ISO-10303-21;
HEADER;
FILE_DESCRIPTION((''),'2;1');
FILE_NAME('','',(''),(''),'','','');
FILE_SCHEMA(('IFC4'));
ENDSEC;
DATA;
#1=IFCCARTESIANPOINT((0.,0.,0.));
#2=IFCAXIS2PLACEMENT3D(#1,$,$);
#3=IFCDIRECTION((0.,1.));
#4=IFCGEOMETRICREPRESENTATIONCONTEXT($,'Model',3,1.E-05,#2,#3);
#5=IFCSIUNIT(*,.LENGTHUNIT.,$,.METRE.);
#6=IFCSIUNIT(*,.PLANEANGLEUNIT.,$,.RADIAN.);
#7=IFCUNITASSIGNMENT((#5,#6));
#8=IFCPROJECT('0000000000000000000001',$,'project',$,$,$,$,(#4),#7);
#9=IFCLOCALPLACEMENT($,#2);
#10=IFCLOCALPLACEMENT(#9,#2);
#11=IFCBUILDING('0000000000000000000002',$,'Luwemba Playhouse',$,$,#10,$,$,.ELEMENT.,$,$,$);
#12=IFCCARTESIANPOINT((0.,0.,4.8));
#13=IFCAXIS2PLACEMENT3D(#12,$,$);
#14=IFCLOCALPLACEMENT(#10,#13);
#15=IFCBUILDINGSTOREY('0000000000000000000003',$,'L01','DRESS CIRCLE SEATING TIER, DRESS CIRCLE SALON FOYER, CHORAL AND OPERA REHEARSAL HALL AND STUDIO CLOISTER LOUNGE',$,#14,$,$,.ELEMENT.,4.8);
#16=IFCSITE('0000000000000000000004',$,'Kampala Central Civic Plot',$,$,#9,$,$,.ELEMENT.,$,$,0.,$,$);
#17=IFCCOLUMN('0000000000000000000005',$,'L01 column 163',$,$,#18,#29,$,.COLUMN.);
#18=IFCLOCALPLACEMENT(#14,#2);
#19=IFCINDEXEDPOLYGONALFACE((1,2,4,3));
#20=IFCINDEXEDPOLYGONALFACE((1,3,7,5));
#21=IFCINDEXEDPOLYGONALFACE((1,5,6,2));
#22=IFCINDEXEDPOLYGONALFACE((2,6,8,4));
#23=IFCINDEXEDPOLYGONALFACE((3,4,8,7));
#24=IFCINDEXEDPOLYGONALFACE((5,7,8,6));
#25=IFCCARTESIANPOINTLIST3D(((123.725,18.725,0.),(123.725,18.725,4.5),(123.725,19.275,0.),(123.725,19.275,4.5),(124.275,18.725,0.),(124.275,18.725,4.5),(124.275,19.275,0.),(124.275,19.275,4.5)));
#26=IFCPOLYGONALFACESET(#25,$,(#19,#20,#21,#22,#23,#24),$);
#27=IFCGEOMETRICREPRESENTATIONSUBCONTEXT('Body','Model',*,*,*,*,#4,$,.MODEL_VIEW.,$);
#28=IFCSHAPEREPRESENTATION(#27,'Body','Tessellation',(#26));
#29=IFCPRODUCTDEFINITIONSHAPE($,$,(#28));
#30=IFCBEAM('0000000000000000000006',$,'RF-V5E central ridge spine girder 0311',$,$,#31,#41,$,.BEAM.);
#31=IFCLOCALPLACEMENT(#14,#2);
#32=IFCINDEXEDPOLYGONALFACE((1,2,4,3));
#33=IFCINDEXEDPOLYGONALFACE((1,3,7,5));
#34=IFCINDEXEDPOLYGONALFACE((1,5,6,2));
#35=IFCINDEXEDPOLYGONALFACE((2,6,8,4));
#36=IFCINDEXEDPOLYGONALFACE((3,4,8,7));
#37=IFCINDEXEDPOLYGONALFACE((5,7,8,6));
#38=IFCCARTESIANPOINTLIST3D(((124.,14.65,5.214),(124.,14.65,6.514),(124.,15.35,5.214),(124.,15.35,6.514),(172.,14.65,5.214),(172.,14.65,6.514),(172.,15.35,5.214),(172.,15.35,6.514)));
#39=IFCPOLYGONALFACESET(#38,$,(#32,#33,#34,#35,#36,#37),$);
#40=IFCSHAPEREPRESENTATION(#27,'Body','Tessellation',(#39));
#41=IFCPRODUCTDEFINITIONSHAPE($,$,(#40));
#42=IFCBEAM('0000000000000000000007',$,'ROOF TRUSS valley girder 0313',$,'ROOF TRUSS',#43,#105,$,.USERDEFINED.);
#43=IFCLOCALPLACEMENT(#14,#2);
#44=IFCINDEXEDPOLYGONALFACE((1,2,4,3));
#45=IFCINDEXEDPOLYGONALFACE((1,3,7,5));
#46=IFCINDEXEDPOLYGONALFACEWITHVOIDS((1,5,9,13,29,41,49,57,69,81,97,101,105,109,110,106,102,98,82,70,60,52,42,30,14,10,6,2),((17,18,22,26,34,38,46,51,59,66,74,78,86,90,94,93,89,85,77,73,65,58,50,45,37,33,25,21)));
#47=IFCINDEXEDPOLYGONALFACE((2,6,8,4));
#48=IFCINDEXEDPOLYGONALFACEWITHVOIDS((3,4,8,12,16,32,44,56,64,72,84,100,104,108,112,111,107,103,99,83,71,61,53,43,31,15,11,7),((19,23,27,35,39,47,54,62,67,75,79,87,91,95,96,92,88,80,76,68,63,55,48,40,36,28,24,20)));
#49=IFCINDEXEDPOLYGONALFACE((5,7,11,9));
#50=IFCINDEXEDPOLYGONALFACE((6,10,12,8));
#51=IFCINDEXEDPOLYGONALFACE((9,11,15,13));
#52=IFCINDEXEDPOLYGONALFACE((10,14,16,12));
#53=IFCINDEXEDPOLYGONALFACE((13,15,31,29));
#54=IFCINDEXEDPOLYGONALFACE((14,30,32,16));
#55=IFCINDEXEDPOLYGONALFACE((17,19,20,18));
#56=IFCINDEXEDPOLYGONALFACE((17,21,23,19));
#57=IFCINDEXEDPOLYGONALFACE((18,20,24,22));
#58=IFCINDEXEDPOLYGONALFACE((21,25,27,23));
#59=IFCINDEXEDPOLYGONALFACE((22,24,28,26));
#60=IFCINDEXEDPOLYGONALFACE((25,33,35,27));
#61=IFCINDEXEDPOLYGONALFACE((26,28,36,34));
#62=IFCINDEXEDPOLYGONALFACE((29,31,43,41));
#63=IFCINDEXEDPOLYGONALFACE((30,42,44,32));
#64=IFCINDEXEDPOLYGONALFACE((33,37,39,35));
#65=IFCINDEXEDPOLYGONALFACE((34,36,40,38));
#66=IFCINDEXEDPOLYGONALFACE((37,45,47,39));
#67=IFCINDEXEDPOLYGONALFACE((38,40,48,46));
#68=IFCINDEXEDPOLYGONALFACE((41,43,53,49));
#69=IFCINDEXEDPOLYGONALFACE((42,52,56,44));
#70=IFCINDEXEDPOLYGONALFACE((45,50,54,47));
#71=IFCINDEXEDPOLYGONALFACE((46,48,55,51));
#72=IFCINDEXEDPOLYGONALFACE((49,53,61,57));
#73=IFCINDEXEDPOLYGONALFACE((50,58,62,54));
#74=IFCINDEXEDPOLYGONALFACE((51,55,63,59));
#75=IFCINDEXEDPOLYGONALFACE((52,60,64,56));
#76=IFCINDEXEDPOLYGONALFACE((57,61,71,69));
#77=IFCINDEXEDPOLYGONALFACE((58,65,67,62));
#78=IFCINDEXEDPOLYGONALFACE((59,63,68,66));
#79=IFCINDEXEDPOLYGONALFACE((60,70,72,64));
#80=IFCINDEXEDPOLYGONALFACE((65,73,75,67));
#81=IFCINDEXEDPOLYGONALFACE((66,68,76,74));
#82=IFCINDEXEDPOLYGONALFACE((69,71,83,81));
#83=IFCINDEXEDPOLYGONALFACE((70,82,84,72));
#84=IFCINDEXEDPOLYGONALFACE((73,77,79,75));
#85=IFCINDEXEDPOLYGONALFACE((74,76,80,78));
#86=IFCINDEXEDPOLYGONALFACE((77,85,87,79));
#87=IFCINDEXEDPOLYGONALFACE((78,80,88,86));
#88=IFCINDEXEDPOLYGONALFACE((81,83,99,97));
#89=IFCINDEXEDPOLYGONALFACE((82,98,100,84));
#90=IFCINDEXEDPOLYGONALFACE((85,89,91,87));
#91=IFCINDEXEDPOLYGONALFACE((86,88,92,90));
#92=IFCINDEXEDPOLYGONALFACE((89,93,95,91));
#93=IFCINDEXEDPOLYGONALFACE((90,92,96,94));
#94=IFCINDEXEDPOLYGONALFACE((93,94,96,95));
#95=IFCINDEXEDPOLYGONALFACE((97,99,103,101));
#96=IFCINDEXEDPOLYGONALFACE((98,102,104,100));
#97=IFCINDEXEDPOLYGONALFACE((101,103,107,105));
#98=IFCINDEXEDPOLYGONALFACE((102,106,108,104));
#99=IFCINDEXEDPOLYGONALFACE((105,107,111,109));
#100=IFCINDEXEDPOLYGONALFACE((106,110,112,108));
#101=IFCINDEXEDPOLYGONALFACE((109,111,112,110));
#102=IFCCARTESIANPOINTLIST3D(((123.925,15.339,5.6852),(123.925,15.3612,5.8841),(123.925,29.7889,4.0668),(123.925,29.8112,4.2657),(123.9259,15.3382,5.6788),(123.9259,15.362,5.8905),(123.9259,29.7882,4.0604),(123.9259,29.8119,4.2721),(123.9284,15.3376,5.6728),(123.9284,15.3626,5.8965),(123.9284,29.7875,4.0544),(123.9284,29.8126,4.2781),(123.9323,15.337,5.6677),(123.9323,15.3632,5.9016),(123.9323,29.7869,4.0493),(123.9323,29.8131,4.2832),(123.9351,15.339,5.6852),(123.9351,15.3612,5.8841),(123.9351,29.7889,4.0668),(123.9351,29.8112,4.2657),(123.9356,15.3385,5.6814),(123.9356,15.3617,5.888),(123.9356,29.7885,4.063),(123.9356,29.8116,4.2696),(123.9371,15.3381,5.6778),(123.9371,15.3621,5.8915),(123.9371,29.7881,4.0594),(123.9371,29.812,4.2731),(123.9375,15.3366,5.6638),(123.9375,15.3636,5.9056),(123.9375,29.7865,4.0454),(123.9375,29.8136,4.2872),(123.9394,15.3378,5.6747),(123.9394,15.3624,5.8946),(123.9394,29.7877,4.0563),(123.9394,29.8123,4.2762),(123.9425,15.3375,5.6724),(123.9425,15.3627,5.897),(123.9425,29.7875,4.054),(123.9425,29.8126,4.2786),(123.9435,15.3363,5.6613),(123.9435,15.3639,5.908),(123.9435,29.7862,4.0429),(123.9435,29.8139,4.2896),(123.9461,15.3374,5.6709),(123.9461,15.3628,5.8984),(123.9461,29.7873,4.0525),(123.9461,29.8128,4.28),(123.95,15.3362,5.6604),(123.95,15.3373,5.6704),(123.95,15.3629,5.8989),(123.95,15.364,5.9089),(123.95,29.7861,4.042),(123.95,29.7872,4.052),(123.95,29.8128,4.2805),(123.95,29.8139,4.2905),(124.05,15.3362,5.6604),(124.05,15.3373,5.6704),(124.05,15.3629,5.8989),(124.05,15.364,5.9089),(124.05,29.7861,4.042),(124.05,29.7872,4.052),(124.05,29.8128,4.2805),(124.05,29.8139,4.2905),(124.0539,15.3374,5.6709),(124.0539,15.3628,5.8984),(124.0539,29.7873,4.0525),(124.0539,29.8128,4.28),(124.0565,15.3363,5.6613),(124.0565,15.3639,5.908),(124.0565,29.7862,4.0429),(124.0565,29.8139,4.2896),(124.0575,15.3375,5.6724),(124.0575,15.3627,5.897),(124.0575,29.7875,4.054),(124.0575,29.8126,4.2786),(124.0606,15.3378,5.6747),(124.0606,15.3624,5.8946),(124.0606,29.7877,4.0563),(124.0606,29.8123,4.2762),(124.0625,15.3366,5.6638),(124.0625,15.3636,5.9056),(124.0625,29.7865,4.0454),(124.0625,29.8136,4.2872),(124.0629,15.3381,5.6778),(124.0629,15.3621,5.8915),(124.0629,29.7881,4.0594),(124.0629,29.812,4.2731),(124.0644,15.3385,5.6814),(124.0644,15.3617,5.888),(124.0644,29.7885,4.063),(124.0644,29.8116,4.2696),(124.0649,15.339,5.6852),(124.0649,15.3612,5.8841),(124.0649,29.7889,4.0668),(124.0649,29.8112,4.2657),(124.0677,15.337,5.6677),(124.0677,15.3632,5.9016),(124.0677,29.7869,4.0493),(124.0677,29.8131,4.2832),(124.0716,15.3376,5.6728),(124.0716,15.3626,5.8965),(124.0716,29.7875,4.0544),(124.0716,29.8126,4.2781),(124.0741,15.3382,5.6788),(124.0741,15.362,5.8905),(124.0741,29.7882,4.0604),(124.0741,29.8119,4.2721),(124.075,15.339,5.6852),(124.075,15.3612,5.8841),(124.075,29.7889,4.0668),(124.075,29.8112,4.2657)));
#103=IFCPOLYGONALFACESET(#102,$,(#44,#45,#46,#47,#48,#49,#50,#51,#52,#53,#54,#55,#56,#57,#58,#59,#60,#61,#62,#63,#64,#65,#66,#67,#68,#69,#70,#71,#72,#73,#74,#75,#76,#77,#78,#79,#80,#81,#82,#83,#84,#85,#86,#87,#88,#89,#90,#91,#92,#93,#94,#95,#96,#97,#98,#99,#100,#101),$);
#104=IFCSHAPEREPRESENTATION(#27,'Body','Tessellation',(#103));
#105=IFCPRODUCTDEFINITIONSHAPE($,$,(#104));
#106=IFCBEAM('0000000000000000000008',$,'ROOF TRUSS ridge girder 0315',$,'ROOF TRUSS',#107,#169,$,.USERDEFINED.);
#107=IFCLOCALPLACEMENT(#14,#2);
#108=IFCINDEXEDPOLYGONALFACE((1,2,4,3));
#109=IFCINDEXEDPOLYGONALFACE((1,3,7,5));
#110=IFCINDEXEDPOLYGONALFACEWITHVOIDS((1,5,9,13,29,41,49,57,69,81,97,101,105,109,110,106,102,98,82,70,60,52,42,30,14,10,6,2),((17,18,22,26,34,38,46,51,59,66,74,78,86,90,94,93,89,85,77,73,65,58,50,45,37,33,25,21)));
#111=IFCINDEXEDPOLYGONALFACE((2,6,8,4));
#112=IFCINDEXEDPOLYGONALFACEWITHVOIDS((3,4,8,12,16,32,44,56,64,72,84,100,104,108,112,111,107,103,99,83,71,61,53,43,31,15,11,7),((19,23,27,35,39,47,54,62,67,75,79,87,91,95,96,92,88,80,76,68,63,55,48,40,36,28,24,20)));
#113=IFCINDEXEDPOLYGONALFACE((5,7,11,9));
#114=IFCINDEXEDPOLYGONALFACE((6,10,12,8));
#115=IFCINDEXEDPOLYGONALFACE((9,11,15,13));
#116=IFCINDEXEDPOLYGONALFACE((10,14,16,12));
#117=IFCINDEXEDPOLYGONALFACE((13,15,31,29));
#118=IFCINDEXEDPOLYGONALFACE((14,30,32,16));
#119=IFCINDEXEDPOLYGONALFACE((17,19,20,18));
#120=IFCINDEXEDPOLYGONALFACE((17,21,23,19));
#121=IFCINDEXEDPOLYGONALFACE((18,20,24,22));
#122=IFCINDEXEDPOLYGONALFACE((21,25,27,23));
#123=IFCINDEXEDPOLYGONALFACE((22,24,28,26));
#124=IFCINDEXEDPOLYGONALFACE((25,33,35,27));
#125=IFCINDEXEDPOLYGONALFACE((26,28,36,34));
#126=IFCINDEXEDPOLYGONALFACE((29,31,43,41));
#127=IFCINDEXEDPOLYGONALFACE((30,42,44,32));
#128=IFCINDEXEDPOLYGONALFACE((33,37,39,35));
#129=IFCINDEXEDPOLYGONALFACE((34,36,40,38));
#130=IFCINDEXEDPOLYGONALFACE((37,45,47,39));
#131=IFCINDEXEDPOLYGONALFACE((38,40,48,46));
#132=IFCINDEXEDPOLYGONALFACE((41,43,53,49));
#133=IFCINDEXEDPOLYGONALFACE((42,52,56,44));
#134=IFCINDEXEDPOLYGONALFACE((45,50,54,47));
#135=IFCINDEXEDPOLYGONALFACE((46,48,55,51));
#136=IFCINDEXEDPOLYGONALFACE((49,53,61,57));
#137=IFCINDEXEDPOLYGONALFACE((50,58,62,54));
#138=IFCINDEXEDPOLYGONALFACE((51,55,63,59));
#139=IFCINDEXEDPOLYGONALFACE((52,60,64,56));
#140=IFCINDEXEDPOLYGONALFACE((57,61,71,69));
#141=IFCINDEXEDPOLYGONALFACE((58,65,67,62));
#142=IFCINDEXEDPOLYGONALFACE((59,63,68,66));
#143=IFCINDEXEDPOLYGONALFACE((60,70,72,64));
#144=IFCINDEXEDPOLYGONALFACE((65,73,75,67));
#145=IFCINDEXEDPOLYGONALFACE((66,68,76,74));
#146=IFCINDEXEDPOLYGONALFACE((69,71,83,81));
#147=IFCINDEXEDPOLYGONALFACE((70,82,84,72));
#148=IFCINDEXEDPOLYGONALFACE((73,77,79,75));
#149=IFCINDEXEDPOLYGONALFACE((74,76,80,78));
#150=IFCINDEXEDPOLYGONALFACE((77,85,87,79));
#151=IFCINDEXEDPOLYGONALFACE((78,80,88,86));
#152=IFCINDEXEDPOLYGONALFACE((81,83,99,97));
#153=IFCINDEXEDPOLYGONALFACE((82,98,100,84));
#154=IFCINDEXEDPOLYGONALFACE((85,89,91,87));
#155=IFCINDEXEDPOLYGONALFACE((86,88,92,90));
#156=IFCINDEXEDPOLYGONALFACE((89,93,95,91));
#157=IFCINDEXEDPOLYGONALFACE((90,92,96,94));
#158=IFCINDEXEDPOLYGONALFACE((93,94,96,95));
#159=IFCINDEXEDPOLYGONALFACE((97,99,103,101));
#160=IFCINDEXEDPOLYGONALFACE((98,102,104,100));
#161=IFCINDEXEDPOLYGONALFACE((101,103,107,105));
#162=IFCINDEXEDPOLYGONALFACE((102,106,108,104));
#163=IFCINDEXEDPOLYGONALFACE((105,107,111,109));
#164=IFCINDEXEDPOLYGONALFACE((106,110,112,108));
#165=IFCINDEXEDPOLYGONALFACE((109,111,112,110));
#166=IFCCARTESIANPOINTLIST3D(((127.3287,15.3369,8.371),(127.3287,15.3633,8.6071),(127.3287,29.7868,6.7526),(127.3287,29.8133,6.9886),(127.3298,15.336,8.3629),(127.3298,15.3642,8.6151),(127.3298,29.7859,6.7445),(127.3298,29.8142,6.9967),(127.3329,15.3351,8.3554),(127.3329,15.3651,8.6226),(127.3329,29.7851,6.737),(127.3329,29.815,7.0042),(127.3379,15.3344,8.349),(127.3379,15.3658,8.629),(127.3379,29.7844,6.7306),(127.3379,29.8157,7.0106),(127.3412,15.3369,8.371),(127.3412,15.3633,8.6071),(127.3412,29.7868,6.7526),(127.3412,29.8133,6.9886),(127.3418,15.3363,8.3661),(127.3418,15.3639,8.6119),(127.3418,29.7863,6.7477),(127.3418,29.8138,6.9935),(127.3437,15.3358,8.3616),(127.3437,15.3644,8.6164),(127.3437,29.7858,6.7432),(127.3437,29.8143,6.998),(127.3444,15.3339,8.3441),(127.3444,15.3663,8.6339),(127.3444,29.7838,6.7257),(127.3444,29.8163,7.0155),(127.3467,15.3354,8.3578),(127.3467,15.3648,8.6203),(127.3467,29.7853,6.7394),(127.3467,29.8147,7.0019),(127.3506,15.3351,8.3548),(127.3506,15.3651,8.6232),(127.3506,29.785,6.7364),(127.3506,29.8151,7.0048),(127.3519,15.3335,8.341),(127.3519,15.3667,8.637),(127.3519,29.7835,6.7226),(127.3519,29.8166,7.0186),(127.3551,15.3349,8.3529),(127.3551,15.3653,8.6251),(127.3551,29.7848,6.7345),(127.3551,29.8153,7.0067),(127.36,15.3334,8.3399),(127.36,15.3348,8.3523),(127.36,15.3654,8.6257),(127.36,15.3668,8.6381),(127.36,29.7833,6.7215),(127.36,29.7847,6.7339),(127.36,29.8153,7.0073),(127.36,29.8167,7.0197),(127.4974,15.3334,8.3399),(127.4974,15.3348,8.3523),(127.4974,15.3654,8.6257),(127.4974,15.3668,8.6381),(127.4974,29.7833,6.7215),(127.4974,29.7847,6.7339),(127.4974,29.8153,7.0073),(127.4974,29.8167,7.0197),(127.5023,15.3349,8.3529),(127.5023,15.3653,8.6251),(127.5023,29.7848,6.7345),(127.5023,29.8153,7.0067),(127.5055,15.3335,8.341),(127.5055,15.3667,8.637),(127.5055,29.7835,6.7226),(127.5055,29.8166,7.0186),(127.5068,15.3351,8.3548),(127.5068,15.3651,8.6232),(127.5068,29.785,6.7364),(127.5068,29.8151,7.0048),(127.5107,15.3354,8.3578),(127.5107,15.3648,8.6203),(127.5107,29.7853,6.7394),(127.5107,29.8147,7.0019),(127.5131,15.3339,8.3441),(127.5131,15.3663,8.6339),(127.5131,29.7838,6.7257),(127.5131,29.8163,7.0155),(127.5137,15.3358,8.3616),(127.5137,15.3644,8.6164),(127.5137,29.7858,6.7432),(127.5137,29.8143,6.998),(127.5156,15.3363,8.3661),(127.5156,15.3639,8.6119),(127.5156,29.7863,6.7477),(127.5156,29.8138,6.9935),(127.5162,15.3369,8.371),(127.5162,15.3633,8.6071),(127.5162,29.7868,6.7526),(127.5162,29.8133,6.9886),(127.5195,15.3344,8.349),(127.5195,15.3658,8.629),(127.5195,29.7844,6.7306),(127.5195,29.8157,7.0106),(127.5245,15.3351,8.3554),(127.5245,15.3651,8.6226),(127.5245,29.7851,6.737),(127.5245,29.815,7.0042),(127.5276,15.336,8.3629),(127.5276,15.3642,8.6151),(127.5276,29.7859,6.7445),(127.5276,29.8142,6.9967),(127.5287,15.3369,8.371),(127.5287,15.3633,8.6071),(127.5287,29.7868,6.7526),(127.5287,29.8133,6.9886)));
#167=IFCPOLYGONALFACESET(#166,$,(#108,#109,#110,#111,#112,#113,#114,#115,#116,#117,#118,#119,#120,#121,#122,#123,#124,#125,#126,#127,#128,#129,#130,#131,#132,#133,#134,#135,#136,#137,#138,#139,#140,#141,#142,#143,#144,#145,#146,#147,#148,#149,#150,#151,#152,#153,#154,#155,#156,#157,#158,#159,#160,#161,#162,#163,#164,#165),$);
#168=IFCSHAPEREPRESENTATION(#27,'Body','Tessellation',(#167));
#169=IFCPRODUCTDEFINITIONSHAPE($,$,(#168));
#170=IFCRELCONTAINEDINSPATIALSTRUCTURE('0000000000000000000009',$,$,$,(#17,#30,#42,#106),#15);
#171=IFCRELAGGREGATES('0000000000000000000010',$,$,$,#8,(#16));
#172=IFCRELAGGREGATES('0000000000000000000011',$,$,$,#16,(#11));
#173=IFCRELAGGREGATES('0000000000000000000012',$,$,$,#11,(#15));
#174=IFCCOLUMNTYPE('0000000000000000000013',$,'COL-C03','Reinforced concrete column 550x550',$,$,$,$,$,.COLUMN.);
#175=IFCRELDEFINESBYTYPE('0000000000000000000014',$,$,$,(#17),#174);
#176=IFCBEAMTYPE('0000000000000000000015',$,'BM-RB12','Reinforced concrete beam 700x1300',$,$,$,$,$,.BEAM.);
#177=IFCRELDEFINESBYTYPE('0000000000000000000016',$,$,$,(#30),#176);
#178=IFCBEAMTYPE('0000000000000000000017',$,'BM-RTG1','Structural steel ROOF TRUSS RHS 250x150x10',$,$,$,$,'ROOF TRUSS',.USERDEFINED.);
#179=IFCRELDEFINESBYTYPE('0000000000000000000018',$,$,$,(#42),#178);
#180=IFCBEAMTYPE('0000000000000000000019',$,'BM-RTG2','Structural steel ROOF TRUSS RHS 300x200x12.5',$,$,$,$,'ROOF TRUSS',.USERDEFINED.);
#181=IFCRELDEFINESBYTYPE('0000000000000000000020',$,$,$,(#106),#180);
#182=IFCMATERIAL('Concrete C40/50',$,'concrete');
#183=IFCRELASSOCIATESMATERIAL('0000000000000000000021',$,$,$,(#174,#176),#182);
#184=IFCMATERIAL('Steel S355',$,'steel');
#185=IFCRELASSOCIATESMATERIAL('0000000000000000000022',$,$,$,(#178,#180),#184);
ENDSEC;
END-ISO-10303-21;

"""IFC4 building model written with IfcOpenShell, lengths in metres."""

from ifc_helpers import new_model, si_unit, direction, frame, origin, origin_2d, place, context, subcontext, project, spatial, rectangle, hollow_rectangle, extrude, material, material_profile, profile_set, type_object, element, save


model = new_model("IFC4")

# Units and contexts
model_context = context("Model", 3, precision=1e-05, world=origin(), true_north=direction((0.0, 1.0)))
body_context = subcontext(model_context, "Body", "Model", "MODEL_VIEW")
ifc_project = project(units=[si_unit("LENGTHUNIT", "METRE"), si_unit("PLANEANGLEUNIT", "RADIAN")], contexts=[model_context])

# Site, building, storey
site_placement = place(None, origin())
site = spatial("IfcSite", under=ifc_project, at=site_placement, Name="Kampala Central Civic Plot", CompositionType="ELEMENT", RefElevation=0.0)
building_placement = place(site_placement, origin())
building = spatial("IfcBuilding", under=site, at=building_placement, Name="Luwemba Playhouse", CompositionType="ELEMENT")
storey_placement = place(building_placement, frame((0.0, 0.0, 4.8)))
storey = spatial("IfcBuildingStorey", under=building, at=storey_placement, Name="L01", Description="DRESS CIRCLE SEATING TIER, DRESS CIRCLE SALON FOYER, CHORAL AND OPERA REHEARSAL HALL AND STUDIO CLOISTER LOUNGE", CompositionType="ELEMENT", Elevation=4.8)

# Column
ifc_material_1 = material(Name="Concrete C40/50", Category="concrete")
ifc_material_profile_1 = material_profile(ifc_material_1, rectangle(XDim=0.55, YDim=0.55, at=origin_2d()))
ifc_profile_set_1 = profile_set([ifc_material_profile_1], Name="Concrete C40/50")
column_type = type_object("IfcColumnType", Name="COL-C03", Description="Reinforced concrete column 550x550", PredefinedType="COLUMN", material=ifc_profile_set_1)
column_placement = place(storey_placement, frame((124.0, 19.0, 0.0), z_axis=(0.0, 0.0, 1.0), x_axis=(1.0, 0.0, 0.0)))
element("IfcColumn", 1, at=column_placement, inside=storey, type_object=column_type, Name="L01 column 163", PredefinedType="COLUMN", context=body_context, shape_type="SweptSolid", body=[
    extrude(rectangle(XDim=0.55, YDim=0.55, at=origin_2d()), origin(), (0.0, 0.0, 1.0), 4.5),
])

# Beams
ifc_material_profile_2 = material_profile(ifc_material_1, rectangle(XDim=0.7, YDim=1.3, at=origin_2d()))
ifc_profile_set_2 = profile_set([ifc_material_profile_2], Name="Concrete C40/50")
beam_type_1 = type_object("IfcBeamType", Name="BM-RB12", Description="Reinforced concrete beam 700x1300", PredefinedType="BEAM", material=ifc_profile_set_2)
beam_1_placement = place(storey_placement, frame((124.0, 15.0, 5.864), z_axis=(1.0, 0.0, 0.0), x_axis=(0.0, 1.0, 0.0)))
element("IfcBeam", 2, at=beam_1_placement, inside=storey, type_object=beam_type_1, Name="RF-V5E central ridge spine girder 0311", PredefinedType="BEAM", context=body_context, shape_type="SweptSolid", body=[
    extrude(rectangle(XDim=0.7, YDim=1.3, at=origin_2d()), origin(), (0.0, 0.0, 1.0), 48.0),
])
ifc_material_2 = material(Name="Steel S355", Category="steel")
ifc_material_profile_3 = material_profile(ifc_material_2, hollow_rectangle(XDim=0.1499, YDim=0.25, WallThickness=0.01, InnerFilletRadius=0.0149, OuterFilletRadius=0.0249, at=origin_2d()))
ifc_profile_set_3 = profile_set([ifc_material_profile_3], Name="Steel S355")
beam_type_2 = type_object("IfcBeamType", Name="BM-RTG1", Description="Structural steel ROOF TRUSS RHS 250x150x10", ElementType="ROOF TRUSS", PredefinedType="USERDEFINED", material=ifc_profile_set_3)
beam_2_placement = place(storey_placement, frame((124.0, 15.3501, 5.7847), z_axis=(0.0, 0.993786, -0.111305), x_axis=(-1.0, 0.0, 0.0)))
element("IfcBeam", 3, at=beam_2_placement, inside=storey, type_object=beam_type_2, Name="ROOF TRUSS valley girder 0313", ObjectType="ROOF TRUSS", PredefinedType="USERDEFINED", context=body_context, shape_type="SweptSolid", body=[
    extrude(hollow_rectangle(XDim=0.1499, YDim=0.25, WallThickness=0.01, InnerFilletRadius=0.0149, OuterFilletRadius=0.0249, at=origin_2d()), origin(), (0.0, 0.0, 1.0), 14.5403),
])
ifc_material_profile_4 = material_profile(ifc_material_2, hollow_rectangle(XDim=0.2, YDim=0.3, WallThickness=0.0125, InnerFilletRadius=0.0188, OuterFilletRadius=0.0312, at=origin_2d()))
ifc_profile_set_4 = profile_set([ifc_material_profile_4], Name="Steel S355")
beam_type_3 = type_object("IfcBeamType", Name="BM-RTG2", Description="Structural steel ROOF TRUSS RHS 300x200x12.5", ElementType="ROOF TRUSS", PredefinedType="USERDEFINED", material=ifc_profile_set_4)
beam_3_placement = place(storey_placement, frame((127.4287, 15.3501, 8.489), z_axis=(0.0, 0.993786, -0.111305), x_axis=(-1.0, 0.0, 0.0)))
element("IfcBeam", 4, at=beam_3_placement, inside=storey, type_object=beam_type_3, Name="ROOF TRUSS ridge girder 0315", ObjectType="ROOF TRUSS", PredefinedType="USERDEFINED", context=body_context, shape_type="SweptSolid", body=[
    extrude(hollow_rectangle(XDim=0.2, YDim=0.3, WallThickness=0.0125, InnerFilletRadius=0.0188, OuterFilletRadius=0.0312, at=origin_2d()), origin(), (0.0, 0.0, 1.0), 14.5403),
])

save(model, "model.ifc")
